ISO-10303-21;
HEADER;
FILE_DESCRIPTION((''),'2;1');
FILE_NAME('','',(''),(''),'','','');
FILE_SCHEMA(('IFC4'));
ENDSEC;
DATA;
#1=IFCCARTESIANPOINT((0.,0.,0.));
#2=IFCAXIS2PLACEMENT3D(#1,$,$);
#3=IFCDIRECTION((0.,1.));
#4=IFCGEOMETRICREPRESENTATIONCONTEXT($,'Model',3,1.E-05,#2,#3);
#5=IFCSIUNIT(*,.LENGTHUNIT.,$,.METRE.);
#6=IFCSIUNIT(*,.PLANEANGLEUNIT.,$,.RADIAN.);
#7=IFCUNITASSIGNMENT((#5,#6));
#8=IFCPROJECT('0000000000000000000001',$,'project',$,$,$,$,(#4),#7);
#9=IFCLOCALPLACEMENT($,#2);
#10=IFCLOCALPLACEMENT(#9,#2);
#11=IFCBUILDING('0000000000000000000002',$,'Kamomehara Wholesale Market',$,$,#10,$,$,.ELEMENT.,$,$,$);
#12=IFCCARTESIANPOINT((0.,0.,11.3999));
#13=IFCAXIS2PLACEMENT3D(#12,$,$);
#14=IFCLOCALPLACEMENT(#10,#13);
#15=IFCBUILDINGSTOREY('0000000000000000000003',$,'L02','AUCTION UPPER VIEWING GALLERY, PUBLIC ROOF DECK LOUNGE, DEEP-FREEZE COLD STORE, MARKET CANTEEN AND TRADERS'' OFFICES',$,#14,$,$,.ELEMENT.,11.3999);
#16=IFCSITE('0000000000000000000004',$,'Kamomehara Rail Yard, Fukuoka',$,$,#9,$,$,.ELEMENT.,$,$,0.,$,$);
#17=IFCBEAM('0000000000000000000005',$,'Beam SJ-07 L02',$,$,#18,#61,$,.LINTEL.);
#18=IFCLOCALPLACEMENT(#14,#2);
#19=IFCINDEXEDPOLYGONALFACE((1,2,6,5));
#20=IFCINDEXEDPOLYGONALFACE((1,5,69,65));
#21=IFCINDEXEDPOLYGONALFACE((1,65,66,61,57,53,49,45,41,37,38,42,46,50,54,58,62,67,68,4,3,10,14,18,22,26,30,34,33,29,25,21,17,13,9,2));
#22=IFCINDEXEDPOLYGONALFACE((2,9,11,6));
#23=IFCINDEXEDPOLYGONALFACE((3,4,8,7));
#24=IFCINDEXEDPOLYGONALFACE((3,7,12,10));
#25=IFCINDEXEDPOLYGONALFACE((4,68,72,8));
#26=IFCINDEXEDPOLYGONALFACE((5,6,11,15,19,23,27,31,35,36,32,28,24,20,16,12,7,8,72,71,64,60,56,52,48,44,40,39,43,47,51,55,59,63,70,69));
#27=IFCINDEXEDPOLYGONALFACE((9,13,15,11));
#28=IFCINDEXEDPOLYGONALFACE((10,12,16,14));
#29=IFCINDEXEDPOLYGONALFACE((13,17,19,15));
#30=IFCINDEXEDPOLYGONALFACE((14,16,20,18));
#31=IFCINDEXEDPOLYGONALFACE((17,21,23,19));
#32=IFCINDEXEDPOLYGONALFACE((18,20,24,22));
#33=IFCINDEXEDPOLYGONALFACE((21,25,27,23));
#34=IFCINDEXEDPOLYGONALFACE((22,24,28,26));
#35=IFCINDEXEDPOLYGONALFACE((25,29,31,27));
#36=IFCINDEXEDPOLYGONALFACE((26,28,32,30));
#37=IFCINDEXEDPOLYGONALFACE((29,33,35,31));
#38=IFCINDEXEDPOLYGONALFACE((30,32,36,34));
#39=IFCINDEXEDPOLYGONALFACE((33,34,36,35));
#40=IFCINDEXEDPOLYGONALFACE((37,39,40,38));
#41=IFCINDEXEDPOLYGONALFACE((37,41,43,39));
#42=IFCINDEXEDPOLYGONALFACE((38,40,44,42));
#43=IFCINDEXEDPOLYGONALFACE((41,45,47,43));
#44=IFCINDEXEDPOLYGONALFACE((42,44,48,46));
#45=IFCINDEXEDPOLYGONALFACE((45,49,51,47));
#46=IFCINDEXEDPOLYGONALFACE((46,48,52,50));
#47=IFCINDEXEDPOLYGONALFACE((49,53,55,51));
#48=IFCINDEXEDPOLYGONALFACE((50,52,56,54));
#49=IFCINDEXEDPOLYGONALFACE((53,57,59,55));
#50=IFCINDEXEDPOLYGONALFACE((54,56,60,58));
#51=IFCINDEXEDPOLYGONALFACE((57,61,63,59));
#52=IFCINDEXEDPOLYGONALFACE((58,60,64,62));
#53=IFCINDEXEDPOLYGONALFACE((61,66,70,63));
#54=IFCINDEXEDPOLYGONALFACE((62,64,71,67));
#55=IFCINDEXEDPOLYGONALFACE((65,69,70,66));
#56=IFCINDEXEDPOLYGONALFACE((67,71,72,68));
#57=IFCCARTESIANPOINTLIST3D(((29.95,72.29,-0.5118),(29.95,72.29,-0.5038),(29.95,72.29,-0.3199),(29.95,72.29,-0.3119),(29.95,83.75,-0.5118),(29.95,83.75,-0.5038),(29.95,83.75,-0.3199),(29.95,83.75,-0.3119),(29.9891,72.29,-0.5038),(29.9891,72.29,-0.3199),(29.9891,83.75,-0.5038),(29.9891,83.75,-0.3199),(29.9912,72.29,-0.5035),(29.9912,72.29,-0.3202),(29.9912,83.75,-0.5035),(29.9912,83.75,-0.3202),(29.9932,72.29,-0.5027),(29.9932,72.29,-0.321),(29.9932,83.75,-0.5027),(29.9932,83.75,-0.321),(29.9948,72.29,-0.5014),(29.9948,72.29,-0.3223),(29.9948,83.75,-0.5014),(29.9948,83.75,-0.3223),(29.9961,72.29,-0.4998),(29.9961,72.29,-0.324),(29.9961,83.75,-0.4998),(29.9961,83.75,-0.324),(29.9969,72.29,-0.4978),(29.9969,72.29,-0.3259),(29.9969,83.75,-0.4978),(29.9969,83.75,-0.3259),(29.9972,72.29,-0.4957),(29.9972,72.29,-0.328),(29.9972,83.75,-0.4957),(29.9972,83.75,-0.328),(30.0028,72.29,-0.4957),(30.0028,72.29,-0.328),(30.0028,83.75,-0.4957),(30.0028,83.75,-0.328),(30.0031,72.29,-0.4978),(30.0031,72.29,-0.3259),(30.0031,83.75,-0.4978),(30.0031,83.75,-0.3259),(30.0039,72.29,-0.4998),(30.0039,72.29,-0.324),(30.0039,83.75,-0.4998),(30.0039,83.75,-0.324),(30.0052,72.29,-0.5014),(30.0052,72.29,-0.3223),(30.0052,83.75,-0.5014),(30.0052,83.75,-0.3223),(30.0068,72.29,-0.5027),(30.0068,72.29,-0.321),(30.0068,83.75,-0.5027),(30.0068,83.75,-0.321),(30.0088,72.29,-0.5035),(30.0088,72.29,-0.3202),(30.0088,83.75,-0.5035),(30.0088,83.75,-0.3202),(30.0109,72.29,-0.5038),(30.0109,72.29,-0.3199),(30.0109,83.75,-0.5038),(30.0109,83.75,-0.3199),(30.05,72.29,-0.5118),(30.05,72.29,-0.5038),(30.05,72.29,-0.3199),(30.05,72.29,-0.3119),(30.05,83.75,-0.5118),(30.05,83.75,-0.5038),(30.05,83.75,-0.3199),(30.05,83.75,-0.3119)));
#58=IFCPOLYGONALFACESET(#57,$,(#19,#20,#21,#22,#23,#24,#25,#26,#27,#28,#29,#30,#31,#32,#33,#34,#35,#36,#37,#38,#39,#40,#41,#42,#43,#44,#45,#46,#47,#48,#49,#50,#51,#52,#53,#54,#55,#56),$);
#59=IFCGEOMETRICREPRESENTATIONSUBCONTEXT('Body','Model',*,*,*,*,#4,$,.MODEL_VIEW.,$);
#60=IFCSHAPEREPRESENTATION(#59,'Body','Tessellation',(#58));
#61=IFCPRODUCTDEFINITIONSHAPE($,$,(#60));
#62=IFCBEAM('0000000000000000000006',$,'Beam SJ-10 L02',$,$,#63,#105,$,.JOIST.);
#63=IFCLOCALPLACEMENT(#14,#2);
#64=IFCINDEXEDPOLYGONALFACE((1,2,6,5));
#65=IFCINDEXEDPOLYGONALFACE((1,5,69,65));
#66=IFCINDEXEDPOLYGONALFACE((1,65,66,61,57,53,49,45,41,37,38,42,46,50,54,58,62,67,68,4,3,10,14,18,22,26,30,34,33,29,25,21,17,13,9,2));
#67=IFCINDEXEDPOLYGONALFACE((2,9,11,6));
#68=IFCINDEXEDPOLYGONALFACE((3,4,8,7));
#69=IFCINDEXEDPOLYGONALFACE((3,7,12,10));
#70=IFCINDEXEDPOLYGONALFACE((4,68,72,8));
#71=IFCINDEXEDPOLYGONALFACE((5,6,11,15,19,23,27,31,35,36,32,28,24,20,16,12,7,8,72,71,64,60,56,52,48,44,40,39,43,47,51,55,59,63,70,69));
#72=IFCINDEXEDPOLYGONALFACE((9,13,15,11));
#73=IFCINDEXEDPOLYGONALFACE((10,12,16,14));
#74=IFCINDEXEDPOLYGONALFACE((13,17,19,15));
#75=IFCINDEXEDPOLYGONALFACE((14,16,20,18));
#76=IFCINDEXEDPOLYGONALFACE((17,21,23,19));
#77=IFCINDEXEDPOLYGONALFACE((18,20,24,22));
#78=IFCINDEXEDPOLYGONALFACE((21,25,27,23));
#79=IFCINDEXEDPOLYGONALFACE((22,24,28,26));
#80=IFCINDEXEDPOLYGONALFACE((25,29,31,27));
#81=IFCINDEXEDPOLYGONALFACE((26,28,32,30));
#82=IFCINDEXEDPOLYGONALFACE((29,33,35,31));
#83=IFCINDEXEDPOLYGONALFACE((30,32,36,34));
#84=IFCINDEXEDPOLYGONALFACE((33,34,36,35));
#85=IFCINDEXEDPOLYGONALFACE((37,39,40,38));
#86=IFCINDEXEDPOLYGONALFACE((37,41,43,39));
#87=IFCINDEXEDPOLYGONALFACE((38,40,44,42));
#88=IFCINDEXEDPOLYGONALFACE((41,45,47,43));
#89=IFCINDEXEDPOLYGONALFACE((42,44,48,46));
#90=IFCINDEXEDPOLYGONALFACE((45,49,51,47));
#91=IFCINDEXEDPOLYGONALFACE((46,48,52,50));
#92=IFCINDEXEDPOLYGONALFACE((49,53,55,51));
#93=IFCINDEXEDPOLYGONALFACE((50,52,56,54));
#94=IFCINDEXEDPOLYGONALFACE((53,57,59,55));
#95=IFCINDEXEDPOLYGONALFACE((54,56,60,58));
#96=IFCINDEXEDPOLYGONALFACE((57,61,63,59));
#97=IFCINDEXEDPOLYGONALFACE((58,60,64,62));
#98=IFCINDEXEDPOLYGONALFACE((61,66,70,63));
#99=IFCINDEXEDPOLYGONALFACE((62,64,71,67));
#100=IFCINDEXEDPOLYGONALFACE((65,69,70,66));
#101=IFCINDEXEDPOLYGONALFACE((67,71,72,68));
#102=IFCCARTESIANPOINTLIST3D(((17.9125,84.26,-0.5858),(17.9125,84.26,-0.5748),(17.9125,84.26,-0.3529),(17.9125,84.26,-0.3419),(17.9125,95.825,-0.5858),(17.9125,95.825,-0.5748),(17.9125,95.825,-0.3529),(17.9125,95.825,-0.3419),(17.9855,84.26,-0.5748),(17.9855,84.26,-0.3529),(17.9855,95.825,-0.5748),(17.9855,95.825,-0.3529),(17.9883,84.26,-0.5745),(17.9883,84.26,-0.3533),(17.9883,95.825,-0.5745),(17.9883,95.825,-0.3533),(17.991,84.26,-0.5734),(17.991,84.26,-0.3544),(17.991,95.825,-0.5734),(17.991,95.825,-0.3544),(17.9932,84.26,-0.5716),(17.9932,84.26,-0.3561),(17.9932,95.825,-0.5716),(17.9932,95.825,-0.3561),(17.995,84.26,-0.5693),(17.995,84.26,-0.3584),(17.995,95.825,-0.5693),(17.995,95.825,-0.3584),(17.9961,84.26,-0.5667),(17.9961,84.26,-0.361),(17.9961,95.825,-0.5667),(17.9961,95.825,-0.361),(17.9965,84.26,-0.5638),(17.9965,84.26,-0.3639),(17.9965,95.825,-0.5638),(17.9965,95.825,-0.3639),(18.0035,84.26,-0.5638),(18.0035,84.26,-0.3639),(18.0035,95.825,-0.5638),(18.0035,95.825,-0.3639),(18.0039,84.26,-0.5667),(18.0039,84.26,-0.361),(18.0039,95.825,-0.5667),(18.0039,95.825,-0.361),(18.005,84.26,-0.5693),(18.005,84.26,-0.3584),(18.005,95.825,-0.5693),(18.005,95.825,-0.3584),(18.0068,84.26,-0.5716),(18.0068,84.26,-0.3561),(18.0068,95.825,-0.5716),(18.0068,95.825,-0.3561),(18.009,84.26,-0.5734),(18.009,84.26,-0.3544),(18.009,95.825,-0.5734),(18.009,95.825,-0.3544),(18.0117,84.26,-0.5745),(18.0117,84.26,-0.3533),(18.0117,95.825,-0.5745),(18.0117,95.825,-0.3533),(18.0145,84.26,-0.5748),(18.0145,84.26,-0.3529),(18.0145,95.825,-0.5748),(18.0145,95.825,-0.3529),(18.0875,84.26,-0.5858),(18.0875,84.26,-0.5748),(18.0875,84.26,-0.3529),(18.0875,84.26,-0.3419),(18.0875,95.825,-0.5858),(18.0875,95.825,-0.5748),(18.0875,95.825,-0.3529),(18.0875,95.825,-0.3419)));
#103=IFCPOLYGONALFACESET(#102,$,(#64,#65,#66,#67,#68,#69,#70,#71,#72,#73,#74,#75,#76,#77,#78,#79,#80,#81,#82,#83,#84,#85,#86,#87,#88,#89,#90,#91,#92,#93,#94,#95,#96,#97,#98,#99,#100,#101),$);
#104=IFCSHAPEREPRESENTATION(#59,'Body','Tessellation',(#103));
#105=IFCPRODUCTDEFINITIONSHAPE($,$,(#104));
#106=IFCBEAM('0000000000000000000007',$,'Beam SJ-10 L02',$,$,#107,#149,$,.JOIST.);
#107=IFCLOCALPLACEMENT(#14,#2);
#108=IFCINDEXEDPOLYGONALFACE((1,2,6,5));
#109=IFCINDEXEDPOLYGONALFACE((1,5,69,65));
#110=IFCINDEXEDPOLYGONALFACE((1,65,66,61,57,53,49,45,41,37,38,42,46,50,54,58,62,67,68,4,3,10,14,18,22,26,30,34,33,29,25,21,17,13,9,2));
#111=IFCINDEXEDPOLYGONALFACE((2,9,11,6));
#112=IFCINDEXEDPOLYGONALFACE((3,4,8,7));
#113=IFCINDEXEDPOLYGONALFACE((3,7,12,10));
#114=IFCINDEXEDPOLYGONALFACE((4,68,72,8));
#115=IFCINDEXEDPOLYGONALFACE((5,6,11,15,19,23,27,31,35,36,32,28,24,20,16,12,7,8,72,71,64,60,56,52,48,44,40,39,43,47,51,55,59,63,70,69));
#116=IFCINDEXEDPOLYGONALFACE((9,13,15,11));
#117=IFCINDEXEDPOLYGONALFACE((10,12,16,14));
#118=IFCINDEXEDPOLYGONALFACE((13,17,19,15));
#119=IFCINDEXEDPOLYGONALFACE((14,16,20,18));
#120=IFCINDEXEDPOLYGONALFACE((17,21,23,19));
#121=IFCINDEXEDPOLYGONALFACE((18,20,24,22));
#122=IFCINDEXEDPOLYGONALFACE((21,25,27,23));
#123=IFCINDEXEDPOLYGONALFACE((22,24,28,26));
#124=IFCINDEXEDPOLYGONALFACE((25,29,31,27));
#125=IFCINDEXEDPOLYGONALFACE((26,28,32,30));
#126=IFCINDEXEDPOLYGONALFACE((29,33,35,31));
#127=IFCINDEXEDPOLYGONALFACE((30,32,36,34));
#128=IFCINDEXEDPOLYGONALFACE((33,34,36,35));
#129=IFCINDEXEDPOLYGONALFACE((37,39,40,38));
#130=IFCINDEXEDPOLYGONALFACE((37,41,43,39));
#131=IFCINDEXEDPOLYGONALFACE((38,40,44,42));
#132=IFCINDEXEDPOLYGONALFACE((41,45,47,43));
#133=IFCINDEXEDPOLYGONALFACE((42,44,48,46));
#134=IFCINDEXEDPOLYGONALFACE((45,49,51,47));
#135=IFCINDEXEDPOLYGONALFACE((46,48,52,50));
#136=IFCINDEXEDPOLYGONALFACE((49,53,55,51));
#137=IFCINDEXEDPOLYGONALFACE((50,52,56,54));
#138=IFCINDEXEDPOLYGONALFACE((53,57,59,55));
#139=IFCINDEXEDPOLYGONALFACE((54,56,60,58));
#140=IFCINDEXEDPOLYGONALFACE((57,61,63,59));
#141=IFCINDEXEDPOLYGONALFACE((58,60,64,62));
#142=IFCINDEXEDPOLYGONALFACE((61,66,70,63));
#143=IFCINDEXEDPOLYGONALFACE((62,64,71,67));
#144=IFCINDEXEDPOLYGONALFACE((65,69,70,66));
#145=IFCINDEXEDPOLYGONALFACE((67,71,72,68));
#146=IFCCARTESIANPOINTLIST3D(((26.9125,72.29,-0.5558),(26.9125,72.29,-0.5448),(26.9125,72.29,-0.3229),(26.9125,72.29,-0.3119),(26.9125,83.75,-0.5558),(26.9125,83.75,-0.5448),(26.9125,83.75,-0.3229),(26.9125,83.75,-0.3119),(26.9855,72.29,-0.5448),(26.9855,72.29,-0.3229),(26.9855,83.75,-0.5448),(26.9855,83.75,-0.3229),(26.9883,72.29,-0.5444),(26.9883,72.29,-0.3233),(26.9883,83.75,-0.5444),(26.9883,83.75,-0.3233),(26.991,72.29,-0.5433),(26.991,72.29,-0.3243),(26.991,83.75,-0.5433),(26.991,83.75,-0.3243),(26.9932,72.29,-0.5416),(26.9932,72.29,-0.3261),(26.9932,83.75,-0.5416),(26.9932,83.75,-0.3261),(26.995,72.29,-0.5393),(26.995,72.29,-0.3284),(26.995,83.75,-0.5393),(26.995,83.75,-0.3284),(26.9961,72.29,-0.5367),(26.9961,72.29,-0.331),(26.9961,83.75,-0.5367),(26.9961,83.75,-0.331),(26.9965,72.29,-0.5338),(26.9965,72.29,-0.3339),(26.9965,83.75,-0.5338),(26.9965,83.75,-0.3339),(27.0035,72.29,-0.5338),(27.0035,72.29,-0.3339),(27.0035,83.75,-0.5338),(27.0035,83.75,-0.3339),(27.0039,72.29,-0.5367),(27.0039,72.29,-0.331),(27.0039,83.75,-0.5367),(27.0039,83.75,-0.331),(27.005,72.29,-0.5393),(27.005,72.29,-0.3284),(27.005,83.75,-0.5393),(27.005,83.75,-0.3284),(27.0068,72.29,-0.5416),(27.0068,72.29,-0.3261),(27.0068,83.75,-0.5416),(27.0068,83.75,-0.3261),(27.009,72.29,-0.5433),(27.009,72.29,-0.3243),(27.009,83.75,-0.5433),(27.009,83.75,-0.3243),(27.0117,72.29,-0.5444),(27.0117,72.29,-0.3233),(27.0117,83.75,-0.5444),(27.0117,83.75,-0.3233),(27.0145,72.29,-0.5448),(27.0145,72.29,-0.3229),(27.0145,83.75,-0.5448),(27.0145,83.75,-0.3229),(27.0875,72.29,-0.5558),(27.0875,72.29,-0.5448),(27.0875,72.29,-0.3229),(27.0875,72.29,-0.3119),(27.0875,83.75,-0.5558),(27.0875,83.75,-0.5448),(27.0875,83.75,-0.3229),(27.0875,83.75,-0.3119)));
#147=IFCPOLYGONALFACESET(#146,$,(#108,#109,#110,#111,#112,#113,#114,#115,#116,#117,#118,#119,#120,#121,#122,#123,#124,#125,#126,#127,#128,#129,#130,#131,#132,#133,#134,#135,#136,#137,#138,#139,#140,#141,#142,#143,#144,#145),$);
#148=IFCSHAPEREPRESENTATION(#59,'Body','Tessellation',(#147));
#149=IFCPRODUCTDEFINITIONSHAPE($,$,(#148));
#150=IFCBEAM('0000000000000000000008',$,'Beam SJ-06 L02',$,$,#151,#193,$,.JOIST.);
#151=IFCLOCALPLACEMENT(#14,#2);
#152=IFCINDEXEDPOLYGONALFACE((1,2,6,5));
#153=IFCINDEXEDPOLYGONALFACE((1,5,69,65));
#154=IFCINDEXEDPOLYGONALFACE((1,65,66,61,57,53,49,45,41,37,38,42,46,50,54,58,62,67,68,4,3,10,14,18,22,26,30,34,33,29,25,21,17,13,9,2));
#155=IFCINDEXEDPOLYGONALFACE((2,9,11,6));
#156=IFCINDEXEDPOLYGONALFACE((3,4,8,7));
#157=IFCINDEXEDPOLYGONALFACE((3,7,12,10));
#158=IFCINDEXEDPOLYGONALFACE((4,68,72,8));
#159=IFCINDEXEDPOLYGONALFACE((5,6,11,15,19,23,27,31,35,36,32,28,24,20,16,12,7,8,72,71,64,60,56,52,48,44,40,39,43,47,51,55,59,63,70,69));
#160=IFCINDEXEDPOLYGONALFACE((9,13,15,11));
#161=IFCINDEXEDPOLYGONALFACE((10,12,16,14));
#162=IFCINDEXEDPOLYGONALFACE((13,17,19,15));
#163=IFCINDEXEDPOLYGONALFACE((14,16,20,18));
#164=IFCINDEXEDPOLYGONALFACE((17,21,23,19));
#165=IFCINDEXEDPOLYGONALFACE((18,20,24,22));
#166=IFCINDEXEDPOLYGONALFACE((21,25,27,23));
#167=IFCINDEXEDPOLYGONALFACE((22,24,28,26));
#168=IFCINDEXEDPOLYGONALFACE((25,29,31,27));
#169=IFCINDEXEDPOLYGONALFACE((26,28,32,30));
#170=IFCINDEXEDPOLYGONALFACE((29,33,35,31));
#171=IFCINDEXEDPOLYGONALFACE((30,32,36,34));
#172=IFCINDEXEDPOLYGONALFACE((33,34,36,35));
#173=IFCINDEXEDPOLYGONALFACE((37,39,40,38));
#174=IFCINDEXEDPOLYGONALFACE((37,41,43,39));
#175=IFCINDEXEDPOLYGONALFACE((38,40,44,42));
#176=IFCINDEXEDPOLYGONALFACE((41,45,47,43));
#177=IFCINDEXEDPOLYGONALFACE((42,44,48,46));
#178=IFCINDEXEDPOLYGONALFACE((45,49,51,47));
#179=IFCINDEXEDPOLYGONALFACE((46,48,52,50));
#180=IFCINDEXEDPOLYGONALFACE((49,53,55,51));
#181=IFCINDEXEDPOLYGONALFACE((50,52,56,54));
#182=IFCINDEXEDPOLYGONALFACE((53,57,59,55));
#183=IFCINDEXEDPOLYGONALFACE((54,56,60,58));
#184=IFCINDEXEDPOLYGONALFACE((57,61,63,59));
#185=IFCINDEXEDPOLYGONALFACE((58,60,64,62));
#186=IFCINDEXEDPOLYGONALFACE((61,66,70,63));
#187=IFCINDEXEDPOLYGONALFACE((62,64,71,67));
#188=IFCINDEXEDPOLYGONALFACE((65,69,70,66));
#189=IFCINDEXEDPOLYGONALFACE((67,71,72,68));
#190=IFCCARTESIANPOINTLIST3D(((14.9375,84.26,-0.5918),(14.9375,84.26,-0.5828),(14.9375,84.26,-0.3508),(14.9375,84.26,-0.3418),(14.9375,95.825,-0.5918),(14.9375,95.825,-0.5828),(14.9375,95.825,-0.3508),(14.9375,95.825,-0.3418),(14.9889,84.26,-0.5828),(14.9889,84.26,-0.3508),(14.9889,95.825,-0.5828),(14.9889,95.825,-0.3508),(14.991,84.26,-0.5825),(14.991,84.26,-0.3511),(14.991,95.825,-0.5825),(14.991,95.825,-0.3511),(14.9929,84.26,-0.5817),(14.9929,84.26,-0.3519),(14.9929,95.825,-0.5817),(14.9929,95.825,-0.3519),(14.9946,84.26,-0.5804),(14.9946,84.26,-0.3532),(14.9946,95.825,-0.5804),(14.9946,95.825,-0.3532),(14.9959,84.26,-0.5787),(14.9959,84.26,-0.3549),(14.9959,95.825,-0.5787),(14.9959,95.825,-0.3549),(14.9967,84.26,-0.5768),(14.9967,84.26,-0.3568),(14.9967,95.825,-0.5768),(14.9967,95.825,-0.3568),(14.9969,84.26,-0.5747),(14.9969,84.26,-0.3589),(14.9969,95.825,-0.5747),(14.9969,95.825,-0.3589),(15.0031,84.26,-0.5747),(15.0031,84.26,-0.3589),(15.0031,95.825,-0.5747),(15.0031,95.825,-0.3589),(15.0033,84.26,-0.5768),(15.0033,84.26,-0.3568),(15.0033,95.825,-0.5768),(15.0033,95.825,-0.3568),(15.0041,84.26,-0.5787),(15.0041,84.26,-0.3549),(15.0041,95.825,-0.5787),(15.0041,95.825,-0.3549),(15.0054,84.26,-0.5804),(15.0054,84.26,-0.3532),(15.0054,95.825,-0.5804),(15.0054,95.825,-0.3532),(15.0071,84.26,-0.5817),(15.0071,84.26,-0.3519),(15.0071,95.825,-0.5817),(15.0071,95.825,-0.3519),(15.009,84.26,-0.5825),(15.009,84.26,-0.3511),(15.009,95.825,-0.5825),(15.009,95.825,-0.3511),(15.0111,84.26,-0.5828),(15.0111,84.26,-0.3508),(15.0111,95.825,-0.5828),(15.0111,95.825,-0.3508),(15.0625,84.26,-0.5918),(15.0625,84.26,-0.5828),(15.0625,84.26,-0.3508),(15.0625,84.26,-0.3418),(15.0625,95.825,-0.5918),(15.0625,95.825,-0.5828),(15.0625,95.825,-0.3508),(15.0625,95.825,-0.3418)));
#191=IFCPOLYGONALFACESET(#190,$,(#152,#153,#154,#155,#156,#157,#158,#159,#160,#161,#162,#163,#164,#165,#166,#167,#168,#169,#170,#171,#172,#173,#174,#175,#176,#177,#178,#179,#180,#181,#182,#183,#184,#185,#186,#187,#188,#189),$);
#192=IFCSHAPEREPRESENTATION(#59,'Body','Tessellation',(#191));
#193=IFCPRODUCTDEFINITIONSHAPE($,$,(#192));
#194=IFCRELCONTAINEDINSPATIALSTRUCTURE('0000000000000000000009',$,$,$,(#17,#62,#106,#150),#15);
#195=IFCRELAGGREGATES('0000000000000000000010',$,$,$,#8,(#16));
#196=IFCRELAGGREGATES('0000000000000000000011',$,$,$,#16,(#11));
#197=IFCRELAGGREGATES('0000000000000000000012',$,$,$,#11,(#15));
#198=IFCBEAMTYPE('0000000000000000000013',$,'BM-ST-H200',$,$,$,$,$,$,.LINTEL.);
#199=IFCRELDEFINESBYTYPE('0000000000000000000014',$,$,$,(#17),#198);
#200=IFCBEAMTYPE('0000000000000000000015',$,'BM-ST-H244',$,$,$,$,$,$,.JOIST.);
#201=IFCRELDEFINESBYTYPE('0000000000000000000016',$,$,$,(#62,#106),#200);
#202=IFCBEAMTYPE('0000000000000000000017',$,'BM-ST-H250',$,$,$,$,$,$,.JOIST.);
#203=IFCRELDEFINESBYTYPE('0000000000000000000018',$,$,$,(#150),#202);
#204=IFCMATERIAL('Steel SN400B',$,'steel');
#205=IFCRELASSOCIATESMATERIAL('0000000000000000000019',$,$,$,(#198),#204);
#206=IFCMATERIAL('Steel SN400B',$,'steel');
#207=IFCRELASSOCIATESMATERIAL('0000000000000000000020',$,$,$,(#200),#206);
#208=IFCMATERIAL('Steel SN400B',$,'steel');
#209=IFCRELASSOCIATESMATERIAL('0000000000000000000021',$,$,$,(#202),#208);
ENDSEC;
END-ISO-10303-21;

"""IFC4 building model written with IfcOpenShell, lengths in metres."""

from ifc_helpers import new_model, si_unit, direction, frame, origin, origin_2d, place, context, subcontext, project, spatial, i_section, extrude, material, material_profile, profile_set, type_object, element, save


model = new_model("IFC4")

# Units and contexts
model_context = context("Model", 3, precision=1e-05, world=origin(), true_north=direction((0.0, 1.0)))
body_context = subcontext(model_context, "Body", "Model", "MODEL_VIEW")
ifc_project = project(units=[si_unit("LENGTHUNIT", "METRE"), si_unit("PLANEANGLEUNIT", "RADIAN")], contexts=[model_context])

# Site, building, storey
site_placement = place(None, origin())
site = spatial("IfcSite", under=ifc_project, at=site_placement, Name="Kamomehara Rail Yard, Fukuoka", CompositionType="ELEMENT", RefElevation=0.0)
building_placement = place(site_placement, origin())
building = spatial("IfcBuilding", under=site, at=building_placement, Name="Kamomehara Wholesale Market", CompositionType="ELEMENT")
storey_placement = place(building_placement, frame((0.0, 0.0, 11.3999)))
storey = spatial("IfcBuildingStorey", under=building, at=storey_placement, Name="L02", Description="AUCTION UPPER VIEWING GALLERY, PUBLIC ROOF DECK LOUNGE, DEEP-FREEZE COLD STORE, MARKET CANTEEN AND TRADERS' OFFICES", CompositionType="ELEMENT", Elevation=11.3999)

# Beams
ifc_material_1 = material(Name="Steel SN400B", Category="steel")
ifc_material_profile_1 = material_profile(ifc_material_1, i_section(OverallWidth=0.1001, OverallDepth=0.2, WebThickness=0.0056, FlangeThickness=0.0081, FilletRadius=0.0081, at=origin_2d()), Name="H-200x100x5.5x8")
ifc_profile_set_1 = profile_set([ifc_material_profile_1], Name="Steel SN400B")
beam_type_1 = type_object("IfcBeamType", Name="BM-ST-H200", PredefinedType="LINTEL", material=ifc_profile_set_1)
beam_1_placement = place(storey_placement, frame((30.0, 72.29, -0.4119), z_axis=(0.0, 1.0, 0.0), x_axis=(-1.0, 0.0, 0.0)))
element("IfcBeam", 1, at=beam_1_placement, inside=storey, type_object=beam_type_1, Name="Beam SJ-07 L02", PredefinedType="LINTEL", context=body_context, shape_type="SweptSolid", body=[
    extrude(i_section(OverallWidth=0.1001, OverallDepth=0.2, WebThickness=0.0056, FlangeThickness=0.0081, FilletRadius=0.0081, at=origin_2d()), origin(), (0.0, 0.0, 1.0), 11.46),
])
ifc_material_2 = material(Name="Steel SN400B", Category="steel")
ifc_material_profile_2 = material_profile(ifc_material_2, i_section(OverallWidth=0.175, OverallDepth=0.2439, WebThickness=0.0071, FlangeThickness=0.011, FilletRadius=0.011, at=origin_2d()), Name="H-244x175x7x11")
ifc_profile_set_2 = profile_set([ifc_material_profile_2], Name="Steel SN400B")
beam_type_2 = type_object("IfcBeamType", Name="BM-ST-H244", PredefinedType="JOIST", material=ifc_profile_set_2)
beam_2_placement = place(storey_placement, frame((18.0, 84.26, -0.4639), z_axis=(0.0, 1.0, 0.0), x_axis=(-1.0, 0.0, 0.0)))
element("IfcBeam", 2, at=beam_2_placement, inside=storey, type_object=beam_type_2, Name="Beam SJ-10 L02", PredefinedType="JOIST", context=body_context, shape_type="SweptSolid", body=[
    extrude(i_section(OverallWidth=0.175, OverallDepth=0.2439, WebThickness=0.0071, FlangeThickness=0.011, FilletRadius=0.011, at=origin_2d()), origin(), (0.0, 0.0, 1.0), 11.5649),
])
beam_3_placement = place(storey_placement, frame((27.0, 72.29, -0.4338), z_axis=(0.0, 1.0, 0.0), x_axis=(-1.0, 0.0, 0.0)))
element("IfcBeam", 3, at=beam_3_placement, inside=storey, type_object=beam_type_2, Name="Beam SJ-10 L02", PredefinedType="JOIST", context=body_context, shape_type="SweptSolid", body=[
    extrude(i_section(OverallWidth=0.175, OverallDepth=0.2439, WebThickness=0.0071, FlangeThickness=0.011, FilletRadius=0.011, at=origin_2d()), origin(), (0.0, 0.0, 1.0), 11.46),
])
ifc_material_3 = material(Name="Steel SN400B", Category="steel")
ifc_material_profile_3 = material_profile(ifc_material_3, i_section(OverallWidth=0.125, OverallDepth=0.25, WebThickness=0.0061, FlangeThickness=0.009, FilletRadius=0.0081, at=origin_2d()), Name="H-250x125x6x9")
ifc_profile_set_3 = profile_set([ifc_material_profile_3], Name="Steel SN400B")
beam_type_3 = type_object("IfcBeamType", Name="BM-ST-H250", PredefinedType="JOIST", material=ifc_profile_set_3)
beam_4_placement = place(storey_placement, frame((15.0, 84.26, -0.4668), z_axis=(0.0, 1.0, 0.0), x_axis=(-1.0, 0.0, 0.0)))
element("IfcBeam", 4, at=beam_4_placement, inside=storey, type_object=beam_type_3, Name="Beam SJ-06 L02", PredefinedType="JOIST", context=body_context, shape_type="SweptSolid", body=[
    extrude(i_section(OverallWidth=0.125, OverallDepth=0.25, WebThickness=0.0061, FlangeThickness=0.009, FilletRadius=0.0081, at=origin_2d()), origin(), (0.0, 0.0, 1.0), 11.5649),
])

save(model, "model.ifc")
